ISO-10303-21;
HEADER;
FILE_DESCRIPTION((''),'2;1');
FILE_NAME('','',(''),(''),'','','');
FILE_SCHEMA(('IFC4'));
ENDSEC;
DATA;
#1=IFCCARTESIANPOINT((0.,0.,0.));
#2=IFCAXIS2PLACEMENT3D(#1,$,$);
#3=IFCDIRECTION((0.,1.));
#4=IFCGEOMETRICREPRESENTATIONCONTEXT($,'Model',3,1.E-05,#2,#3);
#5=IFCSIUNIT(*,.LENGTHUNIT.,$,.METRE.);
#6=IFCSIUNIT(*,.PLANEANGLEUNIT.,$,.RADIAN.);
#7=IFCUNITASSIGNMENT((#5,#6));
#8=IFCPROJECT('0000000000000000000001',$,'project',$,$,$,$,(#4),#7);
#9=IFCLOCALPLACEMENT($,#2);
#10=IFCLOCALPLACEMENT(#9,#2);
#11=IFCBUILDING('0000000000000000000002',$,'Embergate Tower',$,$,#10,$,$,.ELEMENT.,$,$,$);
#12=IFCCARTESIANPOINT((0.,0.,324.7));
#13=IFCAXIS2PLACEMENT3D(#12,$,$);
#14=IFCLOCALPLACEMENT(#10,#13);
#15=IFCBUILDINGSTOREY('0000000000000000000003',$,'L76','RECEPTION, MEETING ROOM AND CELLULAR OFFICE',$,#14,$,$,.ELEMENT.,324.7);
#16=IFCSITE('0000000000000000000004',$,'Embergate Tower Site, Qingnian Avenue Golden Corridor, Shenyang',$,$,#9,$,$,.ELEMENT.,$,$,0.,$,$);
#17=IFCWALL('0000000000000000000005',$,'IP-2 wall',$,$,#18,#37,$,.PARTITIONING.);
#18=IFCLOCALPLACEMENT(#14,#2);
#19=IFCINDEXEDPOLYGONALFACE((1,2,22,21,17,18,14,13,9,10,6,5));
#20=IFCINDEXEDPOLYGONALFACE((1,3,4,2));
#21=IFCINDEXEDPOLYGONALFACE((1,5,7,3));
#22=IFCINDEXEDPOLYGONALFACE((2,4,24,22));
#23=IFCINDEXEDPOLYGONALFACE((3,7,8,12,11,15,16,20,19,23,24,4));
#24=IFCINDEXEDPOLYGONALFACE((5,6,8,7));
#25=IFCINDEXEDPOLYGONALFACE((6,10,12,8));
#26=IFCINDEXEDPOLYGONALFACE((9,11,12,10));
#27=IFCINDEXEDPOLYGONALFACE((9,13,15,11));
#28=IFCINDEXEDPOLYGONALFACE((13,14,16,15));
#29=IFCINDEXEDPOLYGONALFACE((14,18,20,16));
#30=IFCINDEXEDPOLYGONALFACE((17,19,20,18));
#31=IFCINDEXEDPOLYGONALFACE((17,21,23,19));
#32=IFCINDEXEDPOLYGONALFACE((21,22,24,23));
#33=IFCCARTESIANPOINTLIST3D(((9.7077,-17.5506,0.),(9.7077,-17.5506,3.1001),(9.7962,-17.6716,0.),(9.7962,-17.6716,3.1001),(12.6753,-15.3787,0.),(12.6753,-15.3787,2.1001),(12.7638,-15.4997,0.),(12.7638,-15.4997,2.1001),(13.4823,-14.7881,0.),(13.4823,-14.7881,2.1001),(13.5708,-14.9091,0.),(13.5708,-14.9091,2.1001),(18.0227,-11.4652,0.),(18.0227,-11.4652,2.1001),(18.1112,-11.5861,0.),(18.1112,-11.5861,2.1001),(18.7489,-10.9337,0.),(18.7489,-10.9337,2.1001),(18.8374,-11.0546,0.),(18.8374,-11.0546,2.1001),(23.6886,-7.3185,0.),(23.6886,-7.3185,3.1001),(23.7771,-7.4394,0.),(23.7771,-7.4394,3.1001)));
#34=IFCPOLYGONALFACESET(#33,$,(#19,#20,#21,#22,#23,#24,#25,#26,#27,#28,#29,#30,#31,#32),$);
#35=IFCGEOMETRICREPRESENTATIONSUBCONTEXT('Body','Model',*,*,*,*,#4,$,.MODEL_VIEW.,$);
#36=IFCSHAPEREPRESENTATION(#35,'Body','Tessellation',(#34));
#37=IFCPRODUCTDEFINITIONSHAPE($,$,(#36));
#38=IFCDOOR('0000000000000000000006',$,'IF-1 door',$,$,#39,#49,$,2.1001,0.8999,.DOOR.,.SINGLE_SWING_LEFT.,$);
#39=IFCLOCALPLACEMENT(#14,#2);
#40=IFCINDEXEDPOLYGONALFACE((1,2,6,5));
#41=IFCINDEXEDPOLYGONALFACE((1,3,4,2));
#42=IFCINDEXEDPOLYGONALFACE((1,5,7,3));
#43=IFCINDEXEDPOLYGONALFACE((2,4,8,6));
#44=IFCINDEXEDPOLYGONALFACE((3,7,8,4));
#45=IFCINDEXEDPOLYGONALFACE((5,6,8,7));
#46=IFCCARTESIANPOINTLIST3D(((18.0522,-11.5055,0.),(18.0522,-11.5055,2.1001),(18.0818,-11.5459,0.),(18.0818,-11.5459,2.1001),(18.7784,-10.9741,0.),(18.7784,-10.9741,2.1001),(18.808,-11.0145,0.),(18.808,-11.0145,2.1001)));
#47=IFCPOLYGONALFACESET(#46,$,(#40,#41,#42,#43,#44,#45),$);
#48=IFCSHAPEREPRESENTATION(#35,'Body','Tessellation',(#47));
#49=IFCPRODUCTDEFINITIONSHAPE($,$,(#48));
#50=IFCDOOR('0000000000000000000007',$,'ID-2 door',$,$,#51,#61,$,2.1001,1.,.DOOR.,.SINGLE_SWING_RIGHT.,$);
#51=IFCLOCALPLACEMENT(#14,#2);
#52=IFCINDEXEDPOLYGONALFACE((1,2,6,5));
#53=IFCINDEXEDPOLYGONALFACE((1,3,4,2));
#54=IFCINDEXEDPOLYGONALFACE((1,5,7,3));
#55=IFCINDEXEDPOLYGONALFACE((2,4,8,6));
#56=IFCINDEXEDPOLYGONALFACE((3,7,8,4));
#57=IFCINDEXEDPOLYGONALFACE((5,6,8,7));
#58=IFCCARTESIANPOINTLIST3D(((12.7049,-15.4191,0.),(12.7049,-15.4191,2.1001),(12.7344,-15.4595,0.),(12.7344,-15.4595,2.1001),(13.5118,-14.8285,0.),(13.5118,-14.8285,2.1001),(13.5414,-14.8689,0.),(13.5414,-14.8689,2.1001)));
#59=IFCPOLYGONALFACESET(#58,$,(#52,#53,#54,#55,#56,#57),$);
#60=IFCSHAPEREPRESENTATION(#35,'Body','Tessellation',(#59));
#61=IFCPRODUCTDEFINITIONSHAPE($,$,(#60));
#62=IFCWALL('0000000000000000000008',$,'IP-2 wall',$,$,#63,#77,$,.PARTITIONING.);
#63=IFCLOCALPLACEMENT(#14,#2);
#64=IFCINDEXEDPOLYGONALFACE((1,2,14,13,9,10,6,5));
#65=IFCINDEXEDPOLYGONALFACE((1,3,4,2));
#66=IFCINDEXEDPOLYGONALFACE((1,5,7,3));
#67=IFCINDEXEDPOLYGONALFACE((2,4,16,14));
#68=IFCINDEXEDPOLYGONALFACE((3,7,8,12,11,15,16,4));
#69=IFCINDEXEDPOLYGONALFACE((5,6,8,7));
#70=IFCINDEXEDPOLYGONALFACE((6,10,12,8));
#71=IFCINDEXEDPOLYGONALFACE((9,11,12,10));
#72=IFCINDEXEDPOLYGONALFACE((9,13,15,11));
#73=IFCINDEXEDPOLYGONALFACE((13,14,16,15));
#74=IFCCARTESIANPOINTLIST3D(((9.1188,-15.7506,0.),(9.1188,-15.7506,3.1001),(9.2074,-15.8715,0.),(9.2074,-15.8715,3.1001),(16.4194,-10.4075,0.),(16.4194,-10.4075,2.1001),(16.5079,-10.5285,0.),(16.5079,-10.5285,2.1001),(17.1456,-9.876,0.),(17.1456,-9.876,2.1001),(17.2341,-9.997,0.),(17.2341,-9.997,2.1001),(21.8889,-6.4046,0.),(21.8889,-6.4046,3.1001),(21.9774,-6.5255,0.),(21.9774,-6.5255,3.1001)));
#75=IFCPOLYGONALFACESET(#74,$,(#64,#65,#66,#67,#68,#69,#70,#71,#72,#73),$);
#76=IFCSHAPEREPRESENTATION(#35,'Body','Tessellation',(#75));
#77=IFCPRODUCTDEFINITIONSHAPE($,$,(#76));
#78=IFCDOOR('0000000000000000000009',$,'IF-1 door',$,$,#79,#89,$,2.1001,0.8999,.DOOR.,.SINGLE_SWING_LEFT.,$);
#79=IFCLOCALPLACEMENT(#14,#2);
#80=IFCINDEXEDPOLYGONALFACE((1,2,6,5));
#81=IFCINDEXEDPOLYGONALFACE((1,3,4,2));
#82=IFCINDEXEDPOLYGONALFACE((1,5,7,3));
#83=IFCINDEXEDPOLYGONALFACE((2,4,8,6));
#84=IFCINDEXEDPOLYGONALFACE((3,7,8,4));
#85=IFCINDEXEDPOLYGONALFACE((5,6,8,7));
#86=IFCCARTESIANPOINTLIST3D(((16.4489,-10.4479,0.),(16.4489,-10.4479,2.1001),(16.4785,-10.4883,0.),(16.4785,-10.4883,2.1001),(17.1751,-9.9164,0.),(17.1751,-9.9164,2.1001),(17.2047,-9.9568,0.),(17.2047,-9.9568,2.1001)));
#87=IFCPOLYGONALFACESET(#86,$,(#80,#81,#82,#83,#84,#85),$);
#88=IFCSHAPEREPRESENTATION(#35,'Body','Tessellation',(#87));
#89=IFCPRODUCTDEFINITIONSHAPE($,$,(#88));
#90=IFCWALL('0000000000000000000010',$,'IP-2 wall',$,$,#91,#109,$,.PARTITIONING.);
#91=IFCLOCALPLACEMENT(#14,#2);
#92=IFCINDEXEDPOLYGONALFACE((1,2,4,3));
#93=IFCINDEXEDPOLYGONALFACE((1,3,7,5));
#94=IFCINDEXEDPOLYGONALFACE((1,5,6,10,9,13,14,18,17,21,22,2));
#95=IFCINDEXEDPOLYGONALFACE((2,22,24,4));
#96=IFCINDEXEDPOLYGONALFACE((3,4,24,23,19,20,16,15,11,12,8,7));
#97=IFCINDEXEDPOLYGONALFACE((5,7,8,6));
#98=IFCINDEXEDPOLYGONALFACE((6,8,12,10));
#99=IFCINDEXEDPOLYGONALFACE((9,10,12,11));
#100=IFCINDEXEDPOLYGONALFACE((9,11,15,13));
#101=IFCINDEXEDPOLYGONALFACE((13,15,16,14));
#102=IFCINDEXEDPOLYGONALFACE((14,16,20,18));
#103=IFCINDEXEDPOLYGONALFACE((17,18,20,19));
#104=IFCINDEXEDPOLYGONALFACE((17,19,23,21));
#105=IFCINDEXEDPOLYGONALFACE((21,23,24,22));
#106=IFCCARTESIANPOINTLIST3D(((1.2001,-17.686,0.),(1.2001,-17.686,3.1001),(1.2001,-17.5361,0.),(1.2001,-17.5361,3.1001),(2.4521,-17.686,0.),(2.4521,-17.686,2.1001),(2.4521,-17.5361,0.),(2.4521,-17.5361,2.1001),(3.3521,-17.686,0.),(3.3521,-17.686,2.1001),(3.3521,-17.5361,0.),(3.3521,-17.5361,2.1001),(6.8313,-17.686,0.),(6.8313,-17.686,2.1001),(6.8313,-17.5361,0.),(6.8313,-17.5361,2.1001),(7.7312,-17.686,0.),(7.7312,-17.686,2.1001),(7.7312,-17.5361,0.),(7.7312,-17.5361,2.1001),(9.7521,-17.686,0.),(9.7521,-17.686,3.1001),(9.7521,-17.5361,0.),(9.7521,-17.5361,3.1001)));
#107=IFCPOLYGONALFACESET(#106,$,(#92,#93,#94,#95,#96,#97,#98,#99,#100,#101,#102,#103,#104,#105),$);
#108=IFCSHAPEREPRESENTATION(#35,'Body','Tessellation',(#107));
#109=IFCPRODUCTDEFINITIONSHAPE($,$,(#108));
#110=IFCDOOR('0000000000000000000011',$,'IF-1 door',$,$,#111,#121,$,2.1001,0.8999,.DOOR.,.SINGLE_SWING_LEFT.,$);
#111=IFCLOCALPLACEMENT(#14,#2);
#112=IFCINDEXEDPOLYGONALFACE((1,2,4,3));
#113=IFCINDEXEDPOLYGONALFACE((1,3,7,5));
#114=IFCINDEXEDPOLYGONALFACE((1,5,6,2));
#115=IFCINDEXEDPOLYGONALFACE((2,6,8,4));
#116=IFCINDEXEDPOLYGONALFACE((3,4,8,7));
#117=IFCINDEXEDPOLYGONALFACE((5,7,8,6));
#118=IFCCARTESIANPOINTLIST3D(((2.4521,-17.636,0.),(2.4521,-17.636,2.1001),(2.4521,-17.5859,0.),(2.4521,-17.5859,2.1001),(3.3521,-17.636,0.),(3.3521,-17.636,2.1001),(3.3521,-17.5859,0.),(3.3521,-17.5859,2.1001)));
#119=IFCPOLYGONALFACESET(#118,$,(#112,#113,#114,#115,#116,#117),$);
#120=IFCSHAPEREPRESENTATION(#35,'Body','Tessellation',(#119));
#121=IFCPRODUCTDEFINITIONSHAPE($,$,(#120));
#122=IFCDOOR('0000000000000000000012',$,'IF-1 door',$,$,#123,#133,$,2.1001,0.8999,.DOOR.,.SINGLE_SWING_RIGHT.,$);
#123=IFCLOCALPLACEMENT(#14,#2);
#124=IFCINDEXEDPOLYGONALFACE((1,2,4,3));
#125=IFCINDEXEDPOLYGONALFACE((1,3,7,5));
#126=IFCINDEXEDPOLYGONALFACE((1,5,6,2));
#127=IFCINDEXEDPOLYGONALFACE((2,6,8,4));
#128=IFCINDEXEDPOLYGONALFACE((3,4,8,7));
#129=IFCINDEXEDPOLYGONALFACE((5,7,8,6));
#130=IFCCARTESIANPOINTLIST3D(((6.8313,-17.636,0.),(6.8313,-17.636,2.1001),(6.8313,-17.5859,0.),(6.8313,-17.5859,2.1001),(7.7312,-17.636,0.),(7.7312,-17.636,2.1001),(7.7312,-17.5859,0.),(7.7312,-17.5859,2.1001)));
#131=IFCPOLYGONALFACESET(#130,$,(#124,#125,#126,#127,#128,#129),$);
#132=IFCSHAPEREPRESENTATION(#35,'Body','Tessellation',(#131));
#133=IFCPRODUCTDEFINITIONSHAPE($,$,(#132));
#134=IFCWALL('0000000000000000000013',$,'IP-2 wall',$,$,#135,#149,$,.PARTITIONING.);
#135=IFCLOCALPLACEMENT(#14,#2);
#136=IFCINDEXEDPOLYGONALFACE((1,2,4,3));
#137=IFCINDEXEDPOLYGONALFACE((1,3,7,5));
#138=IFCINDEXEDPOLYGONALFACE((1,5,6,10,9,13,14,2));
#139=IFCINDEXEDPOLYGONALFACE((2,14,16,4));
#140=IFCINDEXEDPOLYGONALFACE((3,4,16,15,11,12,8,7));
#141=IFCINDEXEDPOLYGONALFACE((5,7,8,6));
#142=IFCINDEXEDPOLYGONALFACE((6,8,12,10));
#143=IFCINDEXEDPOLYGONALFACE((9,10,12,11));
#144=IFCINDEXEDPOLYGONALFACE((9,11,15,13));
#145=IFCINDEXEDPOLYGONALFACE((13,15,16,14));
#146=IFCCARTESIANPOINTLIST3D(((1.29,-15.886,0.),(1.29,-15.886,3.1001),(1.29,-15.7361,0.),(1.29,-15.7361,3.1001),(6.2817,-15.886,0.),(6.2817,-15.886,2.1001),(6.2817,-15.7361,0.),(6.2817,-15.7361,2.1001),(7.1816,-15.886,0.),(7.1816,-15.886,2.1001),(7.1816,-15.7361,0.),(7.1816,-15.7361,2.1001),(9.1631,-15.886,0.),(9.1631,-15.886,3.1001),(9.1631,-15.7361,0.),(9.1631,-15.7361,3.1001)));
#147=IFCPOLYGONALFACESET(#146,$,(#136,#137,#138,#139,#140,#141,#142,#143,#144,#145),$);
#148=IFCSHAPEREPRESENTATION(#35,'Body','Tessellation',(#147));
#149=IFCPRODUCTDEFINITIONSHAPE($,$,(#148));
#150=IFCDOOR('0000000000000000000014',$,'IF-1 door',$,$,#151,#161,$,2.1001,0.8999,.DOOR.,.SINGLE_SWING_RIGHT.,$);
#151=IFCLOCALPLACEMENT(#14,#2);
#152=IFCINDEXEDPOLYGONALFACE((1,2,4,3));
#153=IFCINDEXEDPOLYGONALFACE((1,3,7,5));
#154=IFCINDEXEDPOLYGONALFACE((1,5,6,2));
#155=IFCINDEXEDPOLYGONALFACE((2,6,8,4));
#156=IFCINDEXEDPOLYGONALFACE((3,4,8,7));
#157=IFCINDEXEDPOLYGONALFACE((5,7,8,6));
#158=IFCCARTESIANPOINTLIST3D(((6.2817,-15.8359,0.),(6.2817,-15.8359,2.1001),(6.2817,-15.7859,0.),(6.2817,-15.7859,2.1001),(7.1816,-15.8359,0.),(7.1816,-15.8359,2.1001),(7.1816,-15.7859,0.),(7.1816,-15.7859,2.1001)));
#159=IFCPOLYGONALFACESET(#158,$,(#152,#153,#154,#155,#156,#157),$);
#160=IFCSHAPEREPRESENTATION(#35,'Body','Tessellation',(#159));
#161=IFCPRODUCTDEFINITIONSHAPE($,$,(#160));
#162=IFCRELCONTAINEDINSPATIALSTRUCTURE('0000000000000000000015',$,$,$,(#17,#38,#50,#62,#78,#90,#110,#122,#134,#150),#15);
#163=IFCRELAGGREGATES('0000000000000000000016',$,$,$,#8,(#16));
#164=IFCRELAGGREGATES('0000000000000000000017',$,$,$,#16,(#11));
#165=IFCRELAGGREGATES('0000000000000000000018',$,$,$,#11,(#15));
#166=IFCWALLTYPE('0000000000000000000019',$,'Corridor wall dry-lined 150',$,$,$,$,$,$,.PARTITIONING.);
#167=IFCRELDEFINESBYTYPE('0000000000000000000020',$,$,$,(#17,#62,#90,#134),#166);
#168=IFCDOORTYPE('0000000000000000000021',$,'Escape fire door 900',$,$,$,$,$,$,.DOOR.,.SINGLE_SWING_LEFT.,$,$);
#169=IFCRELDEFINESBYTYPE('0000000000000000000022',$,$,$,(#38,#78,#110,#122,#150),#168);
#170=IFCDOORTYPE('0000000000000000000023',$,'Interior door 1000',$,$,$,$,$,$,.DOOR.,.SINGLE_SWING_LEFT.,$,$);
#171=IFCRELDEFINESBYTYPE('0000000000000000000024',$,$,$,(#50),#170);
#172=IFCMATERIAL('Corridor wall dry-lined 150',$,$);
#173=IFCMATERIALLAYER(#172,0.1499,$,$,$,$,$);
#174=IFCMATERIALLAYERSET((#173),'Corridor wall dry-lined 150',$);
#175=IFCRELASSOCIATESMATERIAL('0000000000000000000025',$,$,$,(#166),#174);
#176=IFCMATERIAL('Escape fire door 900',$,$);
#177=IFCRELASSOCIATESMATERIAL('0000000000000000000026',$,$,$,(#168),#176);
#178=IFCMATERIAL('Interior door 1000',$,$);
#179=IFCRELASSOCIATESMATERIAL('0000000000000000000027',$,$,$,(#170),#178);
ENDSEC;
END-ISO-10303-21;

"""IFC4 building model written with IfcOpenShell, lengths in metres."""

from ifc_helpers import new_model, si_unit, direction, frame, frame_2d, origin, place, context, subcontext, project, spatial, rectangle, extrude, source, transform, mapped, material, layer, layer_set, type_object, element, fill, save


model = new_model("IFC4")

# Units and contexts
model_context = context("Model", 3, precision=1e-05, world=origin(), true_north=direction((0.0, 1.0)))
body_context = subcontext(model_context, "Body", "Model", "MODEL_VIEW")
ifc_project = project(units=[si_unit("LENGTHUNIT", "METRE"), si_unit("PLANEANGLEUNIT", "RADIAN")], contexts=[model_context])

# Site, building, storey
site_placement = place(None, origin())
site = spatial("IfcSite", under=ifc_project, at=site_placement, Name="Embergate Tower Site, Qingnian Avenue Golden Corridor, Shenyang", CompositionType="ELEMENT", RefElevation=0.0)
building_placement = place(site_placement, origin())
building = spatial("IfcBuilding", under=site, at=building_placement, Name="Embergate Tower", CompositionType="ELEMENT")
storey_placement = place(building_placement, frame((0.0, 0.0, 324.7)))
storey = spatial("IfcBuildingStorey", under=building, at=storey_placement, Name="L76", Description="RECEPTION, MEETING ROOM AND CELLULAR OFFICE", CompositionType="ELEMENT", Elevation=324.7)

# Wall, openings, doors
ifc_material_1 = material(Name="Corridor wall dry-lined 150")
ifc_layer_1 = layer(ifc_material_1, 0.1499)
ifc_layer_set_1 = layer_set([ifc_layer_1], Name="Corridor wall dry-lined 150")
wall_type_1 = type_object("IfcWallType", Name="Corridor wall dry-lined 150", PredefinedType="PARTITIONING", material=ifc_layer_set_1)
shared_shape_1 = source(origin(), body_context, "Body", "SweptSolid", [
    extrude(rectangle(XDim=17.3252, YDim=0.1499, at=frame_2d((8.6626, 0.0))), origin(), (0.0, 0.0, 1.0), 3.1001),
])
wall_1_placement = place(storey_placement, frame((9.752, -17.6111, 0.0), z_axis=(0.0, 0.0, 1.0), x_axis=(0.80697, 0.590593, 0.0)))
wall_1 = element("IfcWall", 1, at=wall_1_placement, inside=storey, type_object=wall_type_1, Name="IP-2 wall", PredefinedType="PARTITIONING", context=body_context, shape_type="MappedRepresentation", body=[
    mapped(shared_shape_1, transform((0.0, 0.0, 0.0))),
])
shared_shape_2 = source(origin(), body_context, "Body", "SweptSolid", [
    extrude(rectangle(XDim=1.0, YDim=2.1001, at=frame_2d((0.5, 1.05))), frame((0.0, 0.085, 0.0), z_axis=(0.0, -1.0, 0.0), x_axis=(1.0, 0.0, 0.0)), (0.0, 0.0, 1.0), 0.1699),
])
opening_1_placement = place(wall_1_placement, frame((3.6775, 0.0, 0.0)))
opening_1 = element("IfcOpeningElement", 2, at=opening_1_placement, cuts=wall_1, PredefinedType="OPENING", context=body_context, shape_type="MappedRepresentation", body=[
    mapped(shared_shape_2, transform((0.0, 0.0, 0.0))),
])
shared_shape_3 = source(origin(), body_context, "Body", "SweptSolid", [
    extrude(rectangle(XDim=0.8999, YDim=2.1001, at=frame_2d((0.45, 1.05))), frame((0.0, 0.085, 0.0), z_axis=(0.0, -1.0, 0.0), x_axis=(1.0, 0.0, 0.0)), (0.0, 0.0, 1.0), 0.1699),
])
opening_2_placement = place(wall_1_placement, frame((10.304, 0.0, 0.0)))
opening_2 = element("IfcOpeningElement", 3, at=opening_2_placement, cuts=wall_1, PredefinedType="OPENING", context=body_context, shape_type="MappedRepresentation", body=[
    mapped(shared_shape_3, transform((0.0, 0.0, 0.0))),
])
ifc_material_2 = material(Name="Escape fire door 900")
door_type_1 = type_object("IfcDoorType", Name="Escape fire door 900", OperationType="SINGLE_SWING_LEFT", PredefinedType="DOOR", material=ifc_material_2)
shared_shape_4 = source(origin(), body_context, "Body", "SweptSolid", [
    extrude(rectangle(XDim=0.8999, YDim=2.1001, at=frame_2d((0.45, 1.05))), frame((0.0, 0.0249, 0.0), z_axis=(0.0, -1.0, 0.0), x_axis=(1.0, 0.0, 0.0)), (0.0, 0.0, 1.0), 0.05),
])
door_1_placement = place(opening_2_placement, origin())
door_1 = element("IfcDoor", 4, at=door_1_placement, inside=storey, type_object=door_type_1, Name="IF-1 door", OperationType="SINGLE_SWING_LEFT", OverallHeight=2.1001, OverallWidth=0.8999, PredefinedType="DOOR", context=body_context, shape_type="MappedRepresentation", body=[
    mapped(shared_shape_4, transform((0.0, 0.0, 0.0))),
])
fill(opening_2, door_1)
ifc_material_3 = material(Name="Interior door 1000")
door_type_2 = type_object("IfcDoorType", Name="Interior door 1000", OperationType="SINGLE_SWING_LEFT", PredefinedType="DOOR", material=ifc_material_3)
shared_shape_5 = source(origin(), body_context, "Body", "SweptSolid", [
    extrude(rectangle(XDim=1.0, YDim=2.1001, at=frame_2d((0.5, 1.05))), frame((0.0, 0.0249, 0.0), z_axis=(0.0, -1.0, 0.0), x_axis=(1.0, 0.0, 0.0)), (0.0, 0.0, 1.0), 0.05),
])
door_2_placement = place(opening_1_placement, origin())
door_2 = element("IfcDoor", 5, at=door_2_placement, inside=storey, type_object=door_type_2, Name="ID-2 door", OperationType="SINGLE_SWING_RIGHT", OverallHeight=2.1001, OverallWidth=1.0, PredefinedType="DOOR", context=body_context, shape_type="MappedRepresentation", body=[
    mapped(shared_shape_5, transform((0.0, 0.0, 0.0))),
])
fill(opening_1, door_2)

# Wall, opening, door
shared_shape_6 = source(origin(), body_context, "Body", "SweptSolid", [
    extrude(rectangle(XDim=15.8247, YDim=0.1499, at=frame_2d((7.9124, 0.0))), origin(), (0.0, 0.0, 1.0), 3.1001),
])
wall_2_placement = place(storey_placement, frame((9.1631, -15.811, 0.0), z_axis=(0.0, 0.0, 1.0), x_axis=(0.806969, 0.590594, 0.0)))
wall_2 = element("IfcWall", 6, at=wall_2_placement, inside=storey, type_object=wall_type_1, Name="IP-2 wall", PredefinedType="PARTITIONING", context=body_context, shape_type="MappedRepresentation", body=[
    mapped(shared_shape_6, transform((0.0, 0.0, 0.0))),
])
opening_3_placement = place(wall_2_placement, frame((9.0469, 0.0, 0.0)))
opening_3 = element("IfcOpeningElement", 7, at=opening_3_placement, cuts=wall_2, PredefinedType="OPENING", context=body_context, shape_type="MappedRepresentation", body=[
    mapped(shared_shape_3, transform((0.0, 0.0, 0.0))),
])
door_3_placement = place(opening_3_placement, origin())
door_3 = element("IfcDoor", 8, at=door_3_placement, inside=storey, type_object=door_type_1, Name="IF-1 door", OperationType="SINGLE_SWING_LEFT", OverallHeight=2.1001, OverallWidth=0.8999, PredefinedType="DOOR", context=body_context, shape_type="MappedRepresentation", body=[
    mapped(shared_shape_4, transform((0.0, 0.0, 0.0))),
])
fill(opening_3, door_3)

# Wall, openings, doors
shared_shape_7 = source(origin(), body_context, "Body", "SweptSolid", [
    extrude(rectangle(XDim=8.552, YDim=0.1499, at=frame_2d((4.2759, 0.0))), origin(), (0.0, 0.0, 1.0), 3.1001),
])
wall_3_placement = place(storey_placement, frame((9.752, -17.6111, 0.0), z_axis=(0.0, 0.0, 1.0), x_axis=(-1.0, 0.0, 0.0)))
wall_3 = element("IfcWall", 9, at=wall_3_placement, inside=storey, type_object=wall_type_1, Name="IP-2 wall", PredefinedType="PARTITIONING", context=body_context, shape_type="MappedRepresentation", body=[
    mapped(shared_shape_7, transform((0.0, 0.0, 0.0))),
])
opening_4_placement = place(wall_3_placement, frame((6.3999, 0.0, 0.0)))
opening_4 = element("IfcOpeningElement", 10, at=opening_4_placement, cuts=wall_3, PredefinedType="OPENING", context=body_context, shape_type="MappedRepresentation", body=[
    mapped(shared_shape_3, transform((0.0, 0.0, 0.0))),
])
opening_5_placement = place(wall_3_placement, frame((2.0208, 0.0, 0.0)))
opening_5 = element("IfcOpeningElement", 11, at=opening_5_placement, cuts=wall_3, PredefinedType="OPENING", context=body_context, shape_type="MappedRepresentation", body=[
    mapped(shared_shape_3, transform((0.0, 0.0, 0.0))),
])
door_4_placement = place(opening_4_placement, origin())
door_4 = element("IfcDoor", 12, at=door_4_placement, inside=storey, type_object=door_type_1, Name="IF-1 door", OperationType="SINGLE_SWING_LEFT", OverallHeight=2.1001, OverallWidth=0.8999, PredefinedType="DOOR", context=body_context, shape_type="MappedRepresentation", body=[
    mapped(shared_shape_4, transform((0.0, 0.0, 0.0))),
])
fill(opening_4, door_4)
door_5_placement = place(opening_5_placement, origin())
door_5 = element("IfcDoor", 13, at=door_5_placement, inside=storey, type_object=door_type_1, Name="IF-1 door", OperationType="SINGLE_SWING_RIGHT", OverallHeight=2.1001, OverallWidth=0.8999, PredefinedType="DOOR", context=body_context, shape_type="MappedRepresentation", body=[
    mapped(shared_shape_4, transform((0.0, 0.0, 0.0))),
])
fill(opening_5, door_5)

# Wall, opening, door
shared_shape_8 = source(origin(), body_context, "Body", "SweptSolid", [
    extrude(rectangle(XDim=7.873, YDim=0.1499, at=frame_2d((3.9365, 0.0))), origin(), (0.0, 0.0, 1.0), 3.1001),
])
wall_4_placement = place(storey_placement, frame((9.1631, -15.811, 0.0), z_axis=(0.0, 0.0, 1.0), x_axis=(-1.0, 0.0, 0.0)))
wall_4 = element("IfcWall", 14, at=wall_4_placement, inside=storey, type_object=wall_type_1, Name="IP-2 wall", PredefinedType="PARTITIONING", context=body_context, shape_type="MappedRepresentation", body=[
    mapped(shared_shape_8, transform((0.0, 0.0, 0.0))),
])
opening_6_placement = place(wall_4_placement, frame((1.9814, 0.0, 0.0)))
opening_6 = element("IfcOpeningElement", 15, at=opening_6_placement, cuts=wall_4, PredefinedType="OPENING", context=body_context, shape_type="MappedRepresentation", body=[
    mapped(shared_shape_3, transform((0.0, 0.0, 0.0))),
])
door_6_placement = place(opening_6_placement, origin())
door_6 = element("IfcDoor", 16, at=door_6_placement, inside=storey, type_object=door_type_1, Name="IF-1 door", OperationType="SINGLE_SWING_RIGHT", OverallHeight=2.1001, OverallWidth=0.8999, PredefinedType="DOOR", context=body_context, shape_type="MappedRepresentation", body=[
    mapped(shared_shape_4, transform((0.0, 0.0, 0.0))),
])
fill(opening_6, door_6)

save(model, "model.ifc")
